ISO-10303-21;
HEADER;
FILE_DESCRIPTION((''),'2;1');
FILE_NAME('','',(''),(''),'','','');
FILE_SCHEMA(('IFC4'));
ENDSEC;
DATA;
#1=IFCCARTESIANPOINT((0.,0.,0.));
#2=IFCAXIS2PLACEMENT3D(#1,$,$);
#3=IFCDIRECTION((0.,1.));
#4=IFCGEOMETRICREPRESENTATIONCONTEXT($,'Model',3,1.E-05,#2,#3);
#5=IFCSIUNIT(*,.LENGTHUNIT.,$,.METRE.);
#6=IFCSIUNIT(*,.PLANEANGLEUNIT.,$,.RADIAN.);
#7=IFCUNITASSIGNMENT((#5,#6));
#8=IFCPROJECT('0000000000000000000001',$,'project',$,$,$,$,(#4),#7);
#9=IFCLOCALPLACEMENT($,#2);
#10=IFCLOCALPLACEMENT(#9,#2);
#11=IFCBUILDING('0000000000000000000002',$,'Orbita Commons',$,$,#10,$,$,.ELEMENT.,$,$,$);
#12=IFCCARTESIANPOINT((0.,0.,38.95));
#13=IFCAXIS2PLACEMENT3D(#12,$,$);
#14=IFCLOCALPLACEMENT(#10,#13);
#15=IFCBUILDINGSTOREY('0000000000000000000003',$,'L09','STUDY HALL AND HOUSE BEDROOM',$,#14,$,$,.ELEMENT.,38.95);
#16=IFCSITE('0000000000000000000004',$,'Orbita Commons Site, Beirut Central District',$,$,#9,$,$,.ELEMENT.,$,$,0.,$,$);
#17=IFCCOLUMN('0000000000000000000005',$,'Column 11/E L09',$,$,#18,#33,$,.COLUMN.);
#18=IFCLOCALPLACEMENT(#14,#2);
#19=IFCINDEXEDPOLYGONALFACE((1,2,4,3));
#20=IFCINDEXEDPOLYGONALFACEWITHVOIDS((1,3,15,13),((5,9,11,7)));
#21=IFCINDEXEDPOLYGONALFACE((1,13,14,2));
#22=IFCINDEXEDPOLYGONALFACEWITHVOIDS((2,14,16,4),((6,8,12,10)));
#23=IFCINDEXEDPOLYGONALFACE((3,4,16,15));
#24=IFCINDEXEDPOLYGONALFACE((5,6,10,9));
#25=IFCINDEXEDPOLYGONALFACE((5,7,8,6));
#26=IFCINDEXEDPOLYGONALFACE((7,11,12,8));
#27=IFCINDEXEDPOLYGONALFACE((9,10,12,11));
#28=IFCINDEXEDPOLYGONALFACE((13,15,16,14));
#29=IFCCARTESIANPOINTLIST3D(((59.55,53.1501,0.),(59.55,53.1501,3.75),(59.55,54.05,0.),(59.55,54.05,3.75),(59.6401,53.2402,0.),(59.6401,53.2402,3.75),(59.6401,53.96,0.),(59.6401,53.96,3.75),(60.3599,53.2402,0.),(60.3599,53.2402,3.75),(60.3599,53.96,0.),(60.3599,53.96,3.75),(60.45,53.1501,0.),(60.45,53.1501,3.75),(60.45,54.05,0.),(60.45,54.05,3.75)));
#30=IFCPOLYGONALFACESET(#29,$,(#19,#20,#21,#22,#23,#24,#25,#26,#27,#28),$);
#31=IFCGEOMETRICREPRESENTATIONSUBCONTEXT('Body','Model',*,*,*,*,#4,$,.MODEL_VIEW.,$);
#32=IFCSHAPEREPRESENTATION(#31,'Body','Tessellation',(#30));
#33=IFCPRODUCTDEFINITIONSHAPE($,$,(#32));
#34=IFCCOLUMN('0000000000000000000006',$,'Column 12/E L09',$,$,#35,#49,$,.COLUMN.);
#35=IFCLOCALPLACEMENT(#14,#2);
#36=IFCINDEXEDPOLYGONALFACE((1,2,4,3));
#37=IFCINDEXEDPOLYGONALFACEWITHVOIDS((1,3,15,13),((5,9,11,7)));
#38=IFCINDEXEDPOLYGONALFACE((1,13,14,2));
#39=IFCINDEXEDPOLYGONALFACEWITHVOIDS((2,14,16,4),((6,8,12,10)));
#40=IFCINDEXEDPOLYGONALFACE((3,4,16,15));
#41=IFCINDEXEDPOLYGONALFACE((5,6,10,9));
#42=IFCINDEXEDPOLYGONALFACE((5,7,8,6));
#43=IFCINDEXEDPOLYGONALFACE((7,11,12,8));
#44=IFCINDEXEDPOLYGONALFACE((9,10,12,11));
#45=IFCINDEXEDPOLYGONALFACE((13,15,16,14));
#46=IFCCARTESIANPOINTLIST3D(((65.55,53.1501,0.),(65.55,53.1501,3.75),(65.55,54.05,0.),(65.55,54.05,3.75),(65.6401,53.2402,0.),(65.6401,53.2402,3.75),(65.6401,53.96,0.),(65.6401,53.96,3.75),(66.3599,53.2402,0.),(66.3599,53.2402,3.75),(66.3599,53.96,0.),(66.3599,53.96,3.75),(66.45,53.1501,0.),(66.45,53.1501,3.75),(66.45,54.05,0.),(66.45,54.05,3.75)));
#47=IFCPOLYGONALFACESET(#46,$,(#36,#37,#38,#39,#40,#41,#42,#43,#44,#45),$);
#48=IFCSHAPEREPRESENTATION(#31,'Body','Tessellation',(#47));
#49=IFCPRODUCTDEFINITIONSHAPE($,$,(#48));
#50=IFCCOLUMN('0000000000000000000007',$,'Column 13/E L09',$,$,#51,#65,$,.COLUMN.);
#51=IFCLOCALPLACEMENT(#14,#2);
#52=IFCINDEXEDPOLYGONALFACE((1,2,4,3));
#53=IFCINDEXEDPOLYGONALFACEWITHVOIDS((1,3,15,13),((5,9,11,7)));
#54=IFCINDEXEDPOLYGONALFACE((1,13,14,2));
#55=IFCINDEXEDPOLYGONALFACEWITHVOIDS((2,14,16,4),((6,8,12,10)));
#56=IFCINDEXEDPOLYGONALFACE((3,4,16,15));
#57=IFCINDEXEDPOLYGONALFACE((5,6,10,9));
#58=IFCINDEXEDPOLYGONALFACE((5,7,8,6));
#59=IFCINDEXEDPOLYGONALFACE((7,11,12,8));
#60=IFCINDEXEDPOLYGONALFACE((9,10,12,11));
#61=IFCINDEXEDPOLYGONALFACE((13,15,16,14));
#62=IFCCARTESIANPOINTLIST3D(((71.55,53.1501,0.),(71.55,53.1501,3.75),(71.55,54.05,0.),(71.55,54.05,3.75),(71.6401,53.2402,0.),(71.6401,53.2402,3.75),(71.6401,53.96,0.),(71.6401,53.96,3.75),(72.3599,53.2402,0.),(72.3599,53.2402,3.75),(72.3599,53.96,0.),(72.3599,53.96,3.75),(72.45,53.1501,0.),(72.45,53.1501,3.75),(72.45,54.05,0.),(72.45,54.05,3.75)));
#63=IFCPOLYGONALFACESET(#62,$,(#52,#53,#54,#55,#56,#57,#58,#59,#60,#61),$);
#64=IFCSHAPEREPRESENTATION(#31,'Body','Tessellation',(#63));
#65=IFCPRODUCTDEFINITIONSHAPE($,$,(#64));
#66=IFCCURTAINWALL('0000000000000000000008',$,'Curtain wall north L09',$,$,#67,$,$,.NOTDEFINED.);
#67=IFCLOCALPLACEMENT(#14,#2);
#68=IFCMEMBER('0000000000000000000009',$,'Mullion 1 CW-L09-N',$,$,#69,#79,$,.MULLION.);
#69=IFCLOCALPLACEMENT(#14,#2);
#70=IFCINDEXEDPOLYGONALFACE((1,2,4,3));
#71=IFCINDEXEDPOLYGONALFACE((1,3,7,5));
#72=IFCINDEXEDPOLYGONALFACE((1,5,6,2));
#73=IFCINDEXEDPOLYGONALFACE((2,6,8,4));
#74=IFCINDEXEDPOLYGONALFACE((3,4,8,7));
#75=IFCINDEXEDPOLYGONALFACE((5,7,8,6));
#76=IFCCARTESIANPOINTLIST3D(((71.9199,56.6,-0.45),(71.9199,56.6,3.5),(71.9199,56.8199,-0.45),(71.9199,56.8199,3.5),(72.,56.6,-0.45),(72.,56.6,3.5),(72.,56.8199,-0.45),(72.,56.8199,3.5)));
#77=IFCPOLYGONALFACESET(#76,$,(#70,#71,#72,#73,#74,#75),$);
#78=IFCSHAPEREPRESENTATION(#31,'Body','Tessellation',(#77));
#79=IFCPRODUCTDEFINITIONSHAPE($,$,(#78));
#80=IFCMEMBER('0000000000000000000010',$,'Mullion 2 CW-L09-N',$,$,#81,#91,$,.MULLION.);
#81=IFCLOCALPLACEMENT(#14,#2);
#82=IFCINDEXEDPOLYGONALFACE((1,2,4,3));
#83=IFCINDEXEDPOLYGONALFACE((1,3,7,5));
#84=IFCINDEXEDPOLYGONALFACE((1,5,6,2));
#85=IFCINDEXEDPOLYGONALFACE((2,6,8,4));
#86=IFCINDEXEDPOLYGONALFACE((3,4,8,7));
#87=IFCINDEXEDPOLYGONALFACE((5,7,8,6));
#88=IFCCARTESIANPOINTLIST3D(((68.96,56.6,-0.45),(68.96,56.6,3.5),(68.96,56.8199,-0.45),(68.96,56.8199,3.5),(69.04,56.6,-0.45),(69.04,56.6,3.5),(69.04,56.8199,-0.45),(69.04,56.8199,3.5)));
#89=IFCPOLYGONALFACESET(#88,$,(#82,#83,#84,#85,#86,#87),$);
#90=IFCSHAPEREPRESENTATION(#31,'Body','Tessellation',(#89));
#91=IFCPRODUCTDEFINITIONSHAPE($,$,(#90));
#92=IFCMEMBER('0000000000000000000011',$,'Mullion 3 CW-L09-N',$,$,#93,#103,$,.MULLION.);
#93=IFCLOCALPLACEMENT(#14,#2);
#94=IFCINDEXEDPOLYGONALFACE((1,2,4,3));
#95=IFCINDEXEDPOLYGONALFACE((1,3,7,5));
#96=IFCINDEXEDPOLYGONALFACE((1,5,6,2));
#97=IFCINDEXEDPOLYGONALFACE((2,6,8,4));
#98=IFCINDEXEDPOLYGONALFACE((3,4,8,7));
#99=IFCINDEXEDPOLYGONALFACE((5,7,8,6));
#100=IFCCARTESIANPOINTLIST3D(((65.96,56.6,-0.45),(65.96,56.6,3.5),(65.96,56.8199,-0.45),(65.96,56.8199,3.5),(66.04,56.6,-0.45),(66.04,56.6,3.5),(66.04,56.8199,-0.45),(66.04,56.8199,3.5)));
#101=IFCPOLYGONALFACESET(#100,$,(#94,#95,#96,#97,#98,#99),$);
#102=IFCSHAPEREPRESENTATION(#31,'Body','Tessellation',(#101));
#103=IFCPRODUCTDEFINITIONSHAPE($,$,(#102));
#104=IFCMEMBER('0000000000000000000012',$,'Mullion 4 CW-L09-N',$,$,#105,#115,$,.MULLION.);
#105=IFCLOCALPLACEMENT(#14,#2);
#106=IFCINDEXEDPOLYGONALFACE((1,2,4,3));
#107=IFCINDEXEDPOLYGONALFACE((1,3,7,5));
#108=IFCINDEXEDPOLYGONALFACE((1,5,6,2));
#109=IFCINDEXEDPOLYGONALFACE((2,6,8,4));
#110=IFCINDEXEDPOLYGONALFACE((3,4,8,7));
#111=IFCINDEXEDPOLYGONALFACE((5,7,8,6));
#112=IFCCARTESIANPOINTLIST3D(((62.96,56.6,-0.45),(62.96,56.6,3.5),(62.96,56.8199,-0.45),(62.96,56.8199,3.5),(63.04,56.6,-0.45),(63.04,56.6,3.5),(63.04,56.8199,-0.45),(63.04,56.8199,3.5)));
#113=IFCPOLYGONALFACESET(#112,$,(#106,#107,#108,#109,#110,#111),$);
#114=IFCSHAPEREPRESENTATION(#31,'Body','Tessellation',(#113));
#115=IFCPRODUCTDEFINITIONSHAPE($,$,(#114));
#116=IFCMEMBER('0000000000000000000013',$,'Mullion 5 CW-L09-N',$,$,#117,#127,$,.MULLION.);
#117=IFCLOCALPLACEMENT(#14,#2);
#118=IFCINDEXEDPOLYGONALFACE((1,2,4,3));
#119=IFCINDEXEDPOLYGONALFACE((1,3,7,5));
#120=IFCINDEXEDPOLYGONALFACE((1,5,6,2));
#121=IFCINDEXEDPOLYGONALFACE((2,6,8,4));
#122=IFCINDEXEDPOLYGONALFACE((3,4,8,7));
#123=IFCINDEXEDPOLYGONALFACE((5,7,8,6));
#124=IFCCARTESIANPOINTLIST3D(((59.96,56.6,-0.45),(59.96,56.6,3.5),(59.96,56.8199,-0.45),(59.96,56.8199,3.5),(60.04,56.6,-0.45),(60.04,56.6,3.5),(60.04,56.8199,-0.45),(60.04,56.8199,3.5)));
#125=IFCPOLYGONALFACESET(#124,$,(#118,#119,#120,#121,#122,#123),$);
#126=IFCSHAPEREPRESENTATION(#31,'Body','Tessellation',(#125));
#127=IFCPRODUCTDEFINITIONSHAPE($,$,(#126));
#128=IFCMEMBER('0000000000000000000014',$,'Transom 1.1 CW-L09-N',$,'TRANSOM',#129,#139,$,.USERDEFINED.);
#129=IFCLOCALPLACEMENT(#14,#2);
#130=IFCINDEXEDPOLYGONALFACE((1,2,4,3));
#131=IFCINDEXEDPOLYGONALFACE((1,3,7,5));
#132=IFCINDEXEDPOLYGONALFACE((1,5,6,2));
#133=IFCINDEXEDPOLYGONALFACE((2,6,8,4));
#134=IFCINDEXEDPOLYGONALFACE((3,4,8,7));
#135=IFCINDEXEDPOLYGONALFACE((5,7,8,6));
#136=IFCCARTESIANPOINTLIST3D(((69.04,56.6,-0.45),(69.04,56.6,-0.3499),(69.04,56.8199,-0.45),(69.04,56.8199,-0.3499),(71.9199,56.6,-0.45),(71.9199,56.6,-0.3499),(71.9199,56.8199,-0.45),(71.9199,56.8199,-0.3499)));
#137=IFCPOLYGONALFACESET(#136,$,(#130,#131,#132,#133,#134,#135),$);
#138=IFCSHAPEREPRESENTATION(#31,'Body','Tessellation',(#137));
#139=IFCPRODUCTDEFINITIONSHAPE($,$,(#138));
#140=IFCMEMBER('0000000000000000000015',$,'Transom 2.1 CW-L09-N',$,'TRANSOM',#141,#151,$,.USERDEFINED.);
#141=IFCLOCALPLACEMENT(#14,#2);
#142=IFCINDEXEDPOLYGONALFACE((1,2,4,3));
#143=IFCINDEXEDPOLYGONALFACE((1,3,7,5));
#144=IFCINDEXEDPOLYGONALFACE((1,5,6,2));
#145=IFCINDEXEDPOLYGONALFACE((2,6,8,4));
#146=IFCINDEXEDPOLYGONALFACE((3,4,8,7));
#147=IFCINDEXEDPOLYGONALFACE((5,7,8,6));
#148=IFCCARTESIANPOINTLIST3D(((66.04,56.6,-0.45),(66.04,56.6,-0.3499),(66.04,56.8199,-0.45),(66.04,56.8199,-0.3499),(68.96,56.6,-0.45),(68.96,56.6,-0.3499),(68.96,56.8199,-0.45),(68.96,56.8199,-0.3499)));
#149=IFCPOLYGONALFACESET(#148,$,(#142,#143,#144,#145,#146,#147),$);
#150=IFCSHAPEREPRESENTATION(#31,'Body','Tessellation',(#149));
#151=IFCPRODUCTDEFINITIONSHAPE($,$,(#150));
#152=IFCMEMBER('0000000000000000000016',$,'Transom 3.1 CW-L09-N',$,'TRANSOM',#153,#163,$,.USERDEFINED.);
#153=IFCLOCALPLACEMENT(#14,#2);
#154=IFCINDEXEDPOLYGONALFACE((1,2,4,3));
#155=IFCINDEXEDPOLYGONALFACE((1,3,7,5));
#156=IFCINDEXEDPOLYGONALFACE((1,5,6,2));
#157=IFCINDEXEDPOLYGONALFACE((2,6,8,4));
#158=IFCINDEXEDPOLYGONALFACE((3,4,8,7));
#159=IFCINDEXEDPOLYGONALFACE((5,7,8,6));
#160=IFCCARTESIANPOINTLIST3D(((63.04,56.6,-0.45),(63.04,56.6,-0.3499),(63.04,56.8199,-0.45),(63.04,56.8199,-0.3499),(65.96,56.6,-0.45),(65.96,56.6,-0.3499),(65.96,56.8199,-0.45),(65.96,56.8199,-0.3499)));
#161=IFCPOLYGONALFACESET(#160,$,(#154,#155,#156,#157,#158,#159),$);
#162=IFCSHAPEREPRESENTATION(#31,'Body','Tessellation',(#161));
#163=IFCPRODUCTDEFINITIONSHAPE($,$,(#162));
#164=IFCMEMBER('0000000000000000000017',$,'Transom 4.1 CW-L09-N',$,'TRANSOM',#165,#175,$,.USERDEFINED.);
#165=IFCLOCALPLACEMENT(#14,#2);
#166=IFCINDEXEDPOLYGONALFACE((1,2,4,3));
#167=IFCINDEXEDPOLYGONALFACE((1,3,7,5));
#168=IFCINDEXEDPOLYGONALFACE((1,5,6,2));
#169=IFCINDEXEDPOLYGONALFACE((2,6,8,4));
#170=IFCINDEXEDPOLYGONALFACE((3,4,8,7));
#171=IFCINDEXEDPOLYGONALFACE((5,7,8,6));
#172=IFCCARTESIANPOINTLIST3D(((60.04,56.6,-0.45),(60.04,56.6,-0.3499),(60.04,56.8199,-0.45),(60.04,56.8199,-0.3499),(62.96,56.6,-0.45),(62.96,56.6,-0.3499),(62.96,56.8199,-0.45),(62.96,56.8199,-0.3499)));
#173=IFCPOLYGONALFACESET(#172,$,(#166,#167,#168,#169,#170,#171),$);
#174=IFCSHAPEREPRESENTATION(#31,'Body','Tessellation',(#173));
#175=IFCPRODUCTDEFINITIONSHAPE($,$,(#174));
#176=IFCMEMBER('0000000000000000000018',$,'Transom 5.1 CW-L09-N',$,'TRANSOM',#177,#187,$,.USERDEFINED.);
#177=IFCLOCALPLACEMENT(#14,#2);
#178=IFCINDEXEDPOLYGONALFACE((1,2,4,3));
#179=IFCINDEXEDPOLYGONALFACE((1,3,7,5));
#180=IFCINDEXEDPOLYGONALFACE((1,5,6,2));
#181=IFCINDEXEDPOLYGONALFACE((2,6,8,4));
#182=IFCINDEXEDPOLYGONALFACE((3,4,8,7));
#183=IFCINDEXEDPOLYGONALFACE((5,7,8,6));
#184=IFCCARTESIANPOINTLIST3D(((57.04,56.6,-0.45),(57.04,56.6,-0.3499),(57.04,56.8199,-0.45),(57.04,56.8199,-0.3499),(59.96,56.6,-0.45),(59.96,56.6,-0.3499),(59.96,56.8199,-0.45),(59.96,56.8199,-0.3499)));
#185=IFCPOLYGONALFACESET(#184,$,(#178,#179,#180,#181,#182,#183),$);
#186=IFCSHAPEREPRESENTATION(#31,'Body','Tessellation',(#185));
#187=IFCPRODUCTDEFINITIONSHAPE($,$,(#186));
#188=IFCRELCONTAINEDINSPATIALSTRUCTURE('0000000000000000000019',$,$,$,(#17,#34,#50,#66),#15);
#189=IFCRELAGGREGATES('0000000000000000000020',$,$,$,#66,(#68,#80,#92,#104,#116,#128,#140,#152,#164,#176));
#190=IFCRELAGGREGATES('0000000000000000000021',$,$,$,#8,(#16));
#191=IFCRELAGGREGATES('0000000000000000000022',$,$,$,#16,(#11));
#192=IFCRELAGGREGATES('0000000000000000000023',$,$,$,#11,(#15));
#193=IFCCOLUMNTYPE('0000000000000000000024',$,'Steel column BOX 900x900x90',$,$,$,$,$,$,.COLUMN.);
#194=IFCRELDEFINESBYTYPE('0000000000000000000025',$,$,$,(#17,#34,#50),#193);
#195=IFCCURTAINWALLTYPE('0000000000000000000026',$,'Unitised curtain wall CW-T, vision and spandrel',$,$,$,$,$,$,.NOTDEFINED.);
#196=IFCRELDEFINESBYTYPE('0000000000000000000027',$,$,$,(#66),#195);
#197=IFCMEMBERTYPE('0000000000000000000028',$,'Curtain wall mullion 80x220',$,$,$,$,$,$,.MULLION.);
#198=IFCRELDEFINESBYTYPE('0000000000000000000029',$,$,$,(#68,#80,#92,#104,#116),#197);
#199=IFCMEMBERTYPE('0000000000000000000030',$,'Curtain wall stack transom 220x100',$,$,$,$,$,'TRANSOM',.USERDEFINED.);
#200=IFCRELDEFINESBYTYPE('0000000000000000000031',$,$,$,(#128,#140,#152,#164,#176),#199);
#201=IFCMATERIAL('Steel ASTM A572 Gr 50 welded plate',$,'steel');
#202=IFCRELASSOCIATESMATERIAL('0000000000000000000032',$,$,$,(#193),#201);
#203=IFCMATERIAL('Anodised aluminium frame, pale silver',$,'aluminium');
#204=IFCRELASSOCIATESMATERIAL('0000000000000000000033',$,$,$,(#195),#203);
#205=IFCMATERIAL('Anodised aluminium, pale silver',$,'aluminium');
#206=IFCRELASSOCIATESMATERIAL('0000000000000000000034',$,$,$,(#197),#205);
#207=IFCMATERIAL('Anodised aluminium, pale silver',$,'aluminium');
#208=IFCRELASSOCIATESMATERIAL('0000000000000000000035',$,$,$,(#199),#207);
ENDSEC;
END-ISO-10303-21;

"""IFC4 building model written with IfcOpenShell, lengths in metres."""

from ifc_helpers import new_model, si_unit, direction, frame, origin, origin_2d, place, context, subcontext, project, spatial, rectangle, hollow_rectangle, extrude, material, material_profile, profile_set, type_object, element, aggregate, save


model = new_model("IFC4")

# Units and contexts
model_context = context("Model", 3, precision=1e-05, world=origin(), true_north=direction((0.0, 1.0)))
body_context = subcontext(model_context, "Body", "Model", "MODEL_VIEW")
ifc_project = project(units=[si_unit("LENGTHUNIT", "METRE"), si_unit("PLANEANGLEUNIT", "RADIAN")], contexts=[model_context])

# Site, building, storey
site_placement = place(None, origin())
site = spatial("IfcSite", under=ifc_project, at=site_placement, Name="Orbita Commons Site, Beirut Central District", CompositionType="ELEMENT", RefElevation=0.0)
building_placement = place(site_placement, origin())
building = spatial("IfcBuilding", under=site, at=building_placement, Name="Orbita Commons", CompositionType="ELEMENT")
storey_placement = place(building_placement, frame((0.0, 0.0, 38.95)))
storey = spatial("IfcBuildingStorey", under=building, at=storey_placement, Name="L09", Description="STUDY HALL AND HOUSE BEDROOM", CompositionType="ELEMENT", Elevation=38.95)

# Columns
ifc_material_1 = material(Name="Steel ASTM A572 Gr 50 welded plate", Category="steel")
ifc_material_profile_1 = material_profile(ifc_material_1, hollow_rectangle(XDim=0.8999, YDim=0.8999, WallThickness=0.0901, at=origin_2d()), Name="BOX 900x900x90")
ifc_profile_set_1 = profile_set([ifc_material_profile_1], Name="Steel ASTM A572 Gr 50 welded plate")
column_type = type_object("IfcColumnType", Name="Steel column BOX 900x900x90", PredefinedType="COLUMN", material=ifc_profile_set_1)
for number, where, z_axis, x_axis, name in (
    (1, (60.0, 53.6001, 0.0), (0.0, 0.0, 1.0), (1.0, 0.0, 0.0), "Column 11/E L09"),
    (2, (66.0, 53.6001, 0.0), (0.0, 0.0, 1.0), (1.0, 0.0, 0.0), "Column 12/E L09"),
    (3, (72.0, 53.6001, 0.0), (0.0, 0.0, 1.0), (1.0, 0.0, 0.0), "Column 13/E L09"),
):
    element("IfcColumn", number, at=place(storey_placement, frame(where, z_axis=z_axis, x_axis=x_axis)), inside=storey, type_object=column_type, Name=name, PredefinedType="COLUMN", context=body_context, shape_type="SweptSolid", body=[
        extrude(hollow_rectangle(XDim=0.8999, YDim=0.8999, WallThickness=0.0901, at=origin_2d()), origin(), (0.0, 0.0, 1.0), 3.75),
    ])

# Curtain wall, members
ifc_material_2 = material(Name="Anodised aluminium frame, pale silver", Category="aluminium")
curtain_wall_type = type_object("IfcCurtainWallType", Name="Unitised curtain wall CW-T, vision and spandrel", PredefinedType="NOTDEFINED", material=ifc_material_2)
curtain_wall_placement = place(storey_placement, origin())
curtain_wall = element("IfcCurtainWall", 4, at=curtain_wall_placement, inside=storey, type_object=curtain_wall_type, Name="Curtain wall north L09", PredefinedType="NOTDEFINED")
ifc_material_3 = material(Name="Anodised aluminium, pale silver", Category="aluminium")
ifc_material_profile_2 = material_profile(ifc_material_3, rectangle(XDim=0.0801, YDim=0.22, at=origin_2d()), Name="AL 80x220")
ifc_profile_set_2 = profile_set([ifc_material_profile_2], Name="Anodised aluminium, pale silver")
member_type_1 = type_object("IfcMemberType", Name="Curtain wall mullion 80x220", PredefinedType="MULLION", material=ifc_profile_set_2)
member_1_placement = place(storey_placement, frame((71.96, 56.71, -0.45), z_axis=(0.0, 0.0, 1.0), x_axis=(-1.0, 0.0, 0.0)))
member_1 = element("IfcMember", 5, at=member_1_placement, type_object=member_type_1, Name="Mullion 1 CW-L09-N", PredefinedType="MULLION", context=body_context, shape_type="SweptSolid", body=[
    extrude(rectangle(XDim=0.0801, YDim=0.22, at=origin_2d()), origin(), (0.0, 0.0, 1.0), 3.95),
])
member_2_placement = place(storey_placement, frame((69.0, 56.71, -0.45), z_axis=(0.0, 0.0, 1.0), x_axis=(-1.0, 0.0, 0.0)))
member_2 = element("IfcMember", 6, at=member_2_placement, type_object=member_type_1, Name="Mullion 2 CW-L09-N", PredefinedType="MULLION", context=body_context, shape_type="SweptSolid", body=[
    extrude(rectangle(XDim=0.0801, YDim=0.22, at=origin_2d()), origin(), (0.0, 0.0, 1.0), 3.95),
])
member_3_placement = place(storey_placement, frame((66.0, 56.71, -0.45), z_axis=(0.0, 0.0, 1.0), x_axis=(-1.0, 0.0, 0.0)))
member_3 = element("IfcMember", 7, at=member_3_placement, type_object=member_type_1, Name="Mullion 3 CW-L09-N", PredefinedType="MULLION", context=body_context, shape_type="SweptSolid", body=[
    extrude(rectangle(XDim=0.0801, YDim=0.22, at=origin_2d()), origin(), (0.0, 0.0, 1.0), 3.95),
])
member_4_placement = place(storey_placement, frame((63.0, 56.71, -0.45), z_axis=(0.0, 0.0, 1.0), x_axis=(-1.0, 0.0, 0.0)))
member_4 = element("IfcMember", 8, at=member_4_placement, type_object=member_type_1, Name="Mullion 4 CW-L09-N", PredefinedType="MULLION", context=body_context, shape_type="SweptSolid", body=[
    extrude(rectangle(XDim=0.0801, YDim=0.22, at=origin_2d()), origin(), (0.0, 0.0, 1.0), 3.95),
])
member_5_placement = place(storey_placement, frame((60.0, 56.71, -0.45), z_axis=(0.0, 0.0, 1.0), x_axis=(-1.0, 0.0, 0.0)))
member_5 = element("IfcMember", 9, at=member_5_placement, type_object=member_type_1, Name="Mullion 5 CW-L09-N", PredefinedType="MULLION", context=body_context, shape_type="SweptSolid", body=[
    extrude(rectangle(XDim=0.0801, YDim=0.22, at=origin_2d()), origin(), (0.0, 0.0, 1.0), 3.95),
])
ifc_material_4 = material(Name="Anodised aluminium, pale silver", Category="aluminium")
ifc_material_profile_3 = material_profile(ifc_material_4, rectangle(XDim=0.22, YDim=0.1001, at=origin_2d()), Name="AL 220x100")
ifc_profile_set_3 = profile_set([ifc_material_profile_3], Name="Anodised aluminium, pale silver")
member_type_2 = type_object("IfcMemberType", Name="Curtain wall stack transom 220x100", ElementType="TRANSOM", PredefinedType="USERDEFINED", material=ifc_profile_set_3)
member_6_placement = place(storey_placement, frame((71.9199, 56.71, -0.3999), z_axis=(-1.0, 0.0, 0.0), x_axis=(0.0, -1.0, 0.0)))
member_6 = element("IfcMember", 10, at=member_6_placement, type_object=member_type_2, Name="Transom 1.1 CW-L09-N", ObjectType="TRANSOM", PredefinedType="USERDEFINED", context=body_context, shape_type="SweptSolid", body=[
    extrude(rectangle(XDim=0.22, YDim=0.1001, at=origin_2d()), origin(), (0.0, 0.0, 1.0), 2.8799),
])
member_7_placement = place(storey_placement, frame((68.96, 56.71, -0.3999), z_axis=(-1.0, 0.0, 0.0), x_axis=(0.0, -1.0, 0.0)))
member_7 = element("IfcMember", 11, at=member_7_placement, type_object=member_type_2, Name="Transom 2.1 CW-L09-N", ObjectType="TRANSOM", PredefinedType="USERDEFINED", context=body_context, shape_type="SweptSolid", body=[
    extrude(rectangle(XDim=0.22, YDim=0.1001, at=origin_2d()), origin(), (0.0, 0.0, 1.0), 2.9199),
])
member_8_placement = place(storey_placement, frame((65.96, 56.71, -0.3999), z_axis=(-1.0, 0.0, 0.0), x_axis=(0.0, -1.0, 0.0)))
member_8 = element("IfcMember", 12, at=member_8_placement, type_object=member_type_2, Name="Transom 3.1 CW-L09-N", ObjectType="TRANSOM", PredefinedType="USERDEFINED", context=body_context, shape_type="SweptSolid", body=[
    extrude(rectangle(XDim=0.22, YDim=0.1001, at=origin_2d()), origin(), (0.0, 0.0, 1.0), 2.9199),
])
member_9_placement = place(storey_placement, frame((62.96, 56.71, -0.3999), z_axis=(-1.0, 0.0, 0.0), x_axis=(0.0, -1.0, 0.0)))
member_9 = element("IfcMember", 13, at=member_9_placement, type_object=member_type_2, Name="Transom 4.1 CW-L09-N", ObjectType="TRANSOM", PredefinedType="USERDEFINED", context=body_context, shape_type="SweptSolid", body=[
    extrude(rectangle(XDim=0.22, YDim=0.1001, at=origin_2d()), origin(), (0.0, 0.0, 1.0), 2.9199),
])
member_10_placement = place(storey_placement, frame((59.96, 56.71, -0.3999), z_axis=(-1.0, 0.0, 0.0), x_axis=(0.0, -1.0, 0.0)))
member_10 = element("IfcMember", 14, at=member_10_placement, type_object=member_type_2, Name="Transom 5.1 CW-L09-N", ObjectType="TRANSOM", PredefinedType="USERDEFINED", context=body_context, shape_type="SweptSolid", body=[
    extrude(rectangle(XDim=0.22, YDim=0.1001, at=origin_2d()), origin(), (0.0, 0.0, 1.0), 2.9199),
])

aggregate(curtain_wall, [member_1, member_2, member_3, member_4, member_5, member_6, member_7, member_8, member_9, member_10])

save(model, "model.ifc")
